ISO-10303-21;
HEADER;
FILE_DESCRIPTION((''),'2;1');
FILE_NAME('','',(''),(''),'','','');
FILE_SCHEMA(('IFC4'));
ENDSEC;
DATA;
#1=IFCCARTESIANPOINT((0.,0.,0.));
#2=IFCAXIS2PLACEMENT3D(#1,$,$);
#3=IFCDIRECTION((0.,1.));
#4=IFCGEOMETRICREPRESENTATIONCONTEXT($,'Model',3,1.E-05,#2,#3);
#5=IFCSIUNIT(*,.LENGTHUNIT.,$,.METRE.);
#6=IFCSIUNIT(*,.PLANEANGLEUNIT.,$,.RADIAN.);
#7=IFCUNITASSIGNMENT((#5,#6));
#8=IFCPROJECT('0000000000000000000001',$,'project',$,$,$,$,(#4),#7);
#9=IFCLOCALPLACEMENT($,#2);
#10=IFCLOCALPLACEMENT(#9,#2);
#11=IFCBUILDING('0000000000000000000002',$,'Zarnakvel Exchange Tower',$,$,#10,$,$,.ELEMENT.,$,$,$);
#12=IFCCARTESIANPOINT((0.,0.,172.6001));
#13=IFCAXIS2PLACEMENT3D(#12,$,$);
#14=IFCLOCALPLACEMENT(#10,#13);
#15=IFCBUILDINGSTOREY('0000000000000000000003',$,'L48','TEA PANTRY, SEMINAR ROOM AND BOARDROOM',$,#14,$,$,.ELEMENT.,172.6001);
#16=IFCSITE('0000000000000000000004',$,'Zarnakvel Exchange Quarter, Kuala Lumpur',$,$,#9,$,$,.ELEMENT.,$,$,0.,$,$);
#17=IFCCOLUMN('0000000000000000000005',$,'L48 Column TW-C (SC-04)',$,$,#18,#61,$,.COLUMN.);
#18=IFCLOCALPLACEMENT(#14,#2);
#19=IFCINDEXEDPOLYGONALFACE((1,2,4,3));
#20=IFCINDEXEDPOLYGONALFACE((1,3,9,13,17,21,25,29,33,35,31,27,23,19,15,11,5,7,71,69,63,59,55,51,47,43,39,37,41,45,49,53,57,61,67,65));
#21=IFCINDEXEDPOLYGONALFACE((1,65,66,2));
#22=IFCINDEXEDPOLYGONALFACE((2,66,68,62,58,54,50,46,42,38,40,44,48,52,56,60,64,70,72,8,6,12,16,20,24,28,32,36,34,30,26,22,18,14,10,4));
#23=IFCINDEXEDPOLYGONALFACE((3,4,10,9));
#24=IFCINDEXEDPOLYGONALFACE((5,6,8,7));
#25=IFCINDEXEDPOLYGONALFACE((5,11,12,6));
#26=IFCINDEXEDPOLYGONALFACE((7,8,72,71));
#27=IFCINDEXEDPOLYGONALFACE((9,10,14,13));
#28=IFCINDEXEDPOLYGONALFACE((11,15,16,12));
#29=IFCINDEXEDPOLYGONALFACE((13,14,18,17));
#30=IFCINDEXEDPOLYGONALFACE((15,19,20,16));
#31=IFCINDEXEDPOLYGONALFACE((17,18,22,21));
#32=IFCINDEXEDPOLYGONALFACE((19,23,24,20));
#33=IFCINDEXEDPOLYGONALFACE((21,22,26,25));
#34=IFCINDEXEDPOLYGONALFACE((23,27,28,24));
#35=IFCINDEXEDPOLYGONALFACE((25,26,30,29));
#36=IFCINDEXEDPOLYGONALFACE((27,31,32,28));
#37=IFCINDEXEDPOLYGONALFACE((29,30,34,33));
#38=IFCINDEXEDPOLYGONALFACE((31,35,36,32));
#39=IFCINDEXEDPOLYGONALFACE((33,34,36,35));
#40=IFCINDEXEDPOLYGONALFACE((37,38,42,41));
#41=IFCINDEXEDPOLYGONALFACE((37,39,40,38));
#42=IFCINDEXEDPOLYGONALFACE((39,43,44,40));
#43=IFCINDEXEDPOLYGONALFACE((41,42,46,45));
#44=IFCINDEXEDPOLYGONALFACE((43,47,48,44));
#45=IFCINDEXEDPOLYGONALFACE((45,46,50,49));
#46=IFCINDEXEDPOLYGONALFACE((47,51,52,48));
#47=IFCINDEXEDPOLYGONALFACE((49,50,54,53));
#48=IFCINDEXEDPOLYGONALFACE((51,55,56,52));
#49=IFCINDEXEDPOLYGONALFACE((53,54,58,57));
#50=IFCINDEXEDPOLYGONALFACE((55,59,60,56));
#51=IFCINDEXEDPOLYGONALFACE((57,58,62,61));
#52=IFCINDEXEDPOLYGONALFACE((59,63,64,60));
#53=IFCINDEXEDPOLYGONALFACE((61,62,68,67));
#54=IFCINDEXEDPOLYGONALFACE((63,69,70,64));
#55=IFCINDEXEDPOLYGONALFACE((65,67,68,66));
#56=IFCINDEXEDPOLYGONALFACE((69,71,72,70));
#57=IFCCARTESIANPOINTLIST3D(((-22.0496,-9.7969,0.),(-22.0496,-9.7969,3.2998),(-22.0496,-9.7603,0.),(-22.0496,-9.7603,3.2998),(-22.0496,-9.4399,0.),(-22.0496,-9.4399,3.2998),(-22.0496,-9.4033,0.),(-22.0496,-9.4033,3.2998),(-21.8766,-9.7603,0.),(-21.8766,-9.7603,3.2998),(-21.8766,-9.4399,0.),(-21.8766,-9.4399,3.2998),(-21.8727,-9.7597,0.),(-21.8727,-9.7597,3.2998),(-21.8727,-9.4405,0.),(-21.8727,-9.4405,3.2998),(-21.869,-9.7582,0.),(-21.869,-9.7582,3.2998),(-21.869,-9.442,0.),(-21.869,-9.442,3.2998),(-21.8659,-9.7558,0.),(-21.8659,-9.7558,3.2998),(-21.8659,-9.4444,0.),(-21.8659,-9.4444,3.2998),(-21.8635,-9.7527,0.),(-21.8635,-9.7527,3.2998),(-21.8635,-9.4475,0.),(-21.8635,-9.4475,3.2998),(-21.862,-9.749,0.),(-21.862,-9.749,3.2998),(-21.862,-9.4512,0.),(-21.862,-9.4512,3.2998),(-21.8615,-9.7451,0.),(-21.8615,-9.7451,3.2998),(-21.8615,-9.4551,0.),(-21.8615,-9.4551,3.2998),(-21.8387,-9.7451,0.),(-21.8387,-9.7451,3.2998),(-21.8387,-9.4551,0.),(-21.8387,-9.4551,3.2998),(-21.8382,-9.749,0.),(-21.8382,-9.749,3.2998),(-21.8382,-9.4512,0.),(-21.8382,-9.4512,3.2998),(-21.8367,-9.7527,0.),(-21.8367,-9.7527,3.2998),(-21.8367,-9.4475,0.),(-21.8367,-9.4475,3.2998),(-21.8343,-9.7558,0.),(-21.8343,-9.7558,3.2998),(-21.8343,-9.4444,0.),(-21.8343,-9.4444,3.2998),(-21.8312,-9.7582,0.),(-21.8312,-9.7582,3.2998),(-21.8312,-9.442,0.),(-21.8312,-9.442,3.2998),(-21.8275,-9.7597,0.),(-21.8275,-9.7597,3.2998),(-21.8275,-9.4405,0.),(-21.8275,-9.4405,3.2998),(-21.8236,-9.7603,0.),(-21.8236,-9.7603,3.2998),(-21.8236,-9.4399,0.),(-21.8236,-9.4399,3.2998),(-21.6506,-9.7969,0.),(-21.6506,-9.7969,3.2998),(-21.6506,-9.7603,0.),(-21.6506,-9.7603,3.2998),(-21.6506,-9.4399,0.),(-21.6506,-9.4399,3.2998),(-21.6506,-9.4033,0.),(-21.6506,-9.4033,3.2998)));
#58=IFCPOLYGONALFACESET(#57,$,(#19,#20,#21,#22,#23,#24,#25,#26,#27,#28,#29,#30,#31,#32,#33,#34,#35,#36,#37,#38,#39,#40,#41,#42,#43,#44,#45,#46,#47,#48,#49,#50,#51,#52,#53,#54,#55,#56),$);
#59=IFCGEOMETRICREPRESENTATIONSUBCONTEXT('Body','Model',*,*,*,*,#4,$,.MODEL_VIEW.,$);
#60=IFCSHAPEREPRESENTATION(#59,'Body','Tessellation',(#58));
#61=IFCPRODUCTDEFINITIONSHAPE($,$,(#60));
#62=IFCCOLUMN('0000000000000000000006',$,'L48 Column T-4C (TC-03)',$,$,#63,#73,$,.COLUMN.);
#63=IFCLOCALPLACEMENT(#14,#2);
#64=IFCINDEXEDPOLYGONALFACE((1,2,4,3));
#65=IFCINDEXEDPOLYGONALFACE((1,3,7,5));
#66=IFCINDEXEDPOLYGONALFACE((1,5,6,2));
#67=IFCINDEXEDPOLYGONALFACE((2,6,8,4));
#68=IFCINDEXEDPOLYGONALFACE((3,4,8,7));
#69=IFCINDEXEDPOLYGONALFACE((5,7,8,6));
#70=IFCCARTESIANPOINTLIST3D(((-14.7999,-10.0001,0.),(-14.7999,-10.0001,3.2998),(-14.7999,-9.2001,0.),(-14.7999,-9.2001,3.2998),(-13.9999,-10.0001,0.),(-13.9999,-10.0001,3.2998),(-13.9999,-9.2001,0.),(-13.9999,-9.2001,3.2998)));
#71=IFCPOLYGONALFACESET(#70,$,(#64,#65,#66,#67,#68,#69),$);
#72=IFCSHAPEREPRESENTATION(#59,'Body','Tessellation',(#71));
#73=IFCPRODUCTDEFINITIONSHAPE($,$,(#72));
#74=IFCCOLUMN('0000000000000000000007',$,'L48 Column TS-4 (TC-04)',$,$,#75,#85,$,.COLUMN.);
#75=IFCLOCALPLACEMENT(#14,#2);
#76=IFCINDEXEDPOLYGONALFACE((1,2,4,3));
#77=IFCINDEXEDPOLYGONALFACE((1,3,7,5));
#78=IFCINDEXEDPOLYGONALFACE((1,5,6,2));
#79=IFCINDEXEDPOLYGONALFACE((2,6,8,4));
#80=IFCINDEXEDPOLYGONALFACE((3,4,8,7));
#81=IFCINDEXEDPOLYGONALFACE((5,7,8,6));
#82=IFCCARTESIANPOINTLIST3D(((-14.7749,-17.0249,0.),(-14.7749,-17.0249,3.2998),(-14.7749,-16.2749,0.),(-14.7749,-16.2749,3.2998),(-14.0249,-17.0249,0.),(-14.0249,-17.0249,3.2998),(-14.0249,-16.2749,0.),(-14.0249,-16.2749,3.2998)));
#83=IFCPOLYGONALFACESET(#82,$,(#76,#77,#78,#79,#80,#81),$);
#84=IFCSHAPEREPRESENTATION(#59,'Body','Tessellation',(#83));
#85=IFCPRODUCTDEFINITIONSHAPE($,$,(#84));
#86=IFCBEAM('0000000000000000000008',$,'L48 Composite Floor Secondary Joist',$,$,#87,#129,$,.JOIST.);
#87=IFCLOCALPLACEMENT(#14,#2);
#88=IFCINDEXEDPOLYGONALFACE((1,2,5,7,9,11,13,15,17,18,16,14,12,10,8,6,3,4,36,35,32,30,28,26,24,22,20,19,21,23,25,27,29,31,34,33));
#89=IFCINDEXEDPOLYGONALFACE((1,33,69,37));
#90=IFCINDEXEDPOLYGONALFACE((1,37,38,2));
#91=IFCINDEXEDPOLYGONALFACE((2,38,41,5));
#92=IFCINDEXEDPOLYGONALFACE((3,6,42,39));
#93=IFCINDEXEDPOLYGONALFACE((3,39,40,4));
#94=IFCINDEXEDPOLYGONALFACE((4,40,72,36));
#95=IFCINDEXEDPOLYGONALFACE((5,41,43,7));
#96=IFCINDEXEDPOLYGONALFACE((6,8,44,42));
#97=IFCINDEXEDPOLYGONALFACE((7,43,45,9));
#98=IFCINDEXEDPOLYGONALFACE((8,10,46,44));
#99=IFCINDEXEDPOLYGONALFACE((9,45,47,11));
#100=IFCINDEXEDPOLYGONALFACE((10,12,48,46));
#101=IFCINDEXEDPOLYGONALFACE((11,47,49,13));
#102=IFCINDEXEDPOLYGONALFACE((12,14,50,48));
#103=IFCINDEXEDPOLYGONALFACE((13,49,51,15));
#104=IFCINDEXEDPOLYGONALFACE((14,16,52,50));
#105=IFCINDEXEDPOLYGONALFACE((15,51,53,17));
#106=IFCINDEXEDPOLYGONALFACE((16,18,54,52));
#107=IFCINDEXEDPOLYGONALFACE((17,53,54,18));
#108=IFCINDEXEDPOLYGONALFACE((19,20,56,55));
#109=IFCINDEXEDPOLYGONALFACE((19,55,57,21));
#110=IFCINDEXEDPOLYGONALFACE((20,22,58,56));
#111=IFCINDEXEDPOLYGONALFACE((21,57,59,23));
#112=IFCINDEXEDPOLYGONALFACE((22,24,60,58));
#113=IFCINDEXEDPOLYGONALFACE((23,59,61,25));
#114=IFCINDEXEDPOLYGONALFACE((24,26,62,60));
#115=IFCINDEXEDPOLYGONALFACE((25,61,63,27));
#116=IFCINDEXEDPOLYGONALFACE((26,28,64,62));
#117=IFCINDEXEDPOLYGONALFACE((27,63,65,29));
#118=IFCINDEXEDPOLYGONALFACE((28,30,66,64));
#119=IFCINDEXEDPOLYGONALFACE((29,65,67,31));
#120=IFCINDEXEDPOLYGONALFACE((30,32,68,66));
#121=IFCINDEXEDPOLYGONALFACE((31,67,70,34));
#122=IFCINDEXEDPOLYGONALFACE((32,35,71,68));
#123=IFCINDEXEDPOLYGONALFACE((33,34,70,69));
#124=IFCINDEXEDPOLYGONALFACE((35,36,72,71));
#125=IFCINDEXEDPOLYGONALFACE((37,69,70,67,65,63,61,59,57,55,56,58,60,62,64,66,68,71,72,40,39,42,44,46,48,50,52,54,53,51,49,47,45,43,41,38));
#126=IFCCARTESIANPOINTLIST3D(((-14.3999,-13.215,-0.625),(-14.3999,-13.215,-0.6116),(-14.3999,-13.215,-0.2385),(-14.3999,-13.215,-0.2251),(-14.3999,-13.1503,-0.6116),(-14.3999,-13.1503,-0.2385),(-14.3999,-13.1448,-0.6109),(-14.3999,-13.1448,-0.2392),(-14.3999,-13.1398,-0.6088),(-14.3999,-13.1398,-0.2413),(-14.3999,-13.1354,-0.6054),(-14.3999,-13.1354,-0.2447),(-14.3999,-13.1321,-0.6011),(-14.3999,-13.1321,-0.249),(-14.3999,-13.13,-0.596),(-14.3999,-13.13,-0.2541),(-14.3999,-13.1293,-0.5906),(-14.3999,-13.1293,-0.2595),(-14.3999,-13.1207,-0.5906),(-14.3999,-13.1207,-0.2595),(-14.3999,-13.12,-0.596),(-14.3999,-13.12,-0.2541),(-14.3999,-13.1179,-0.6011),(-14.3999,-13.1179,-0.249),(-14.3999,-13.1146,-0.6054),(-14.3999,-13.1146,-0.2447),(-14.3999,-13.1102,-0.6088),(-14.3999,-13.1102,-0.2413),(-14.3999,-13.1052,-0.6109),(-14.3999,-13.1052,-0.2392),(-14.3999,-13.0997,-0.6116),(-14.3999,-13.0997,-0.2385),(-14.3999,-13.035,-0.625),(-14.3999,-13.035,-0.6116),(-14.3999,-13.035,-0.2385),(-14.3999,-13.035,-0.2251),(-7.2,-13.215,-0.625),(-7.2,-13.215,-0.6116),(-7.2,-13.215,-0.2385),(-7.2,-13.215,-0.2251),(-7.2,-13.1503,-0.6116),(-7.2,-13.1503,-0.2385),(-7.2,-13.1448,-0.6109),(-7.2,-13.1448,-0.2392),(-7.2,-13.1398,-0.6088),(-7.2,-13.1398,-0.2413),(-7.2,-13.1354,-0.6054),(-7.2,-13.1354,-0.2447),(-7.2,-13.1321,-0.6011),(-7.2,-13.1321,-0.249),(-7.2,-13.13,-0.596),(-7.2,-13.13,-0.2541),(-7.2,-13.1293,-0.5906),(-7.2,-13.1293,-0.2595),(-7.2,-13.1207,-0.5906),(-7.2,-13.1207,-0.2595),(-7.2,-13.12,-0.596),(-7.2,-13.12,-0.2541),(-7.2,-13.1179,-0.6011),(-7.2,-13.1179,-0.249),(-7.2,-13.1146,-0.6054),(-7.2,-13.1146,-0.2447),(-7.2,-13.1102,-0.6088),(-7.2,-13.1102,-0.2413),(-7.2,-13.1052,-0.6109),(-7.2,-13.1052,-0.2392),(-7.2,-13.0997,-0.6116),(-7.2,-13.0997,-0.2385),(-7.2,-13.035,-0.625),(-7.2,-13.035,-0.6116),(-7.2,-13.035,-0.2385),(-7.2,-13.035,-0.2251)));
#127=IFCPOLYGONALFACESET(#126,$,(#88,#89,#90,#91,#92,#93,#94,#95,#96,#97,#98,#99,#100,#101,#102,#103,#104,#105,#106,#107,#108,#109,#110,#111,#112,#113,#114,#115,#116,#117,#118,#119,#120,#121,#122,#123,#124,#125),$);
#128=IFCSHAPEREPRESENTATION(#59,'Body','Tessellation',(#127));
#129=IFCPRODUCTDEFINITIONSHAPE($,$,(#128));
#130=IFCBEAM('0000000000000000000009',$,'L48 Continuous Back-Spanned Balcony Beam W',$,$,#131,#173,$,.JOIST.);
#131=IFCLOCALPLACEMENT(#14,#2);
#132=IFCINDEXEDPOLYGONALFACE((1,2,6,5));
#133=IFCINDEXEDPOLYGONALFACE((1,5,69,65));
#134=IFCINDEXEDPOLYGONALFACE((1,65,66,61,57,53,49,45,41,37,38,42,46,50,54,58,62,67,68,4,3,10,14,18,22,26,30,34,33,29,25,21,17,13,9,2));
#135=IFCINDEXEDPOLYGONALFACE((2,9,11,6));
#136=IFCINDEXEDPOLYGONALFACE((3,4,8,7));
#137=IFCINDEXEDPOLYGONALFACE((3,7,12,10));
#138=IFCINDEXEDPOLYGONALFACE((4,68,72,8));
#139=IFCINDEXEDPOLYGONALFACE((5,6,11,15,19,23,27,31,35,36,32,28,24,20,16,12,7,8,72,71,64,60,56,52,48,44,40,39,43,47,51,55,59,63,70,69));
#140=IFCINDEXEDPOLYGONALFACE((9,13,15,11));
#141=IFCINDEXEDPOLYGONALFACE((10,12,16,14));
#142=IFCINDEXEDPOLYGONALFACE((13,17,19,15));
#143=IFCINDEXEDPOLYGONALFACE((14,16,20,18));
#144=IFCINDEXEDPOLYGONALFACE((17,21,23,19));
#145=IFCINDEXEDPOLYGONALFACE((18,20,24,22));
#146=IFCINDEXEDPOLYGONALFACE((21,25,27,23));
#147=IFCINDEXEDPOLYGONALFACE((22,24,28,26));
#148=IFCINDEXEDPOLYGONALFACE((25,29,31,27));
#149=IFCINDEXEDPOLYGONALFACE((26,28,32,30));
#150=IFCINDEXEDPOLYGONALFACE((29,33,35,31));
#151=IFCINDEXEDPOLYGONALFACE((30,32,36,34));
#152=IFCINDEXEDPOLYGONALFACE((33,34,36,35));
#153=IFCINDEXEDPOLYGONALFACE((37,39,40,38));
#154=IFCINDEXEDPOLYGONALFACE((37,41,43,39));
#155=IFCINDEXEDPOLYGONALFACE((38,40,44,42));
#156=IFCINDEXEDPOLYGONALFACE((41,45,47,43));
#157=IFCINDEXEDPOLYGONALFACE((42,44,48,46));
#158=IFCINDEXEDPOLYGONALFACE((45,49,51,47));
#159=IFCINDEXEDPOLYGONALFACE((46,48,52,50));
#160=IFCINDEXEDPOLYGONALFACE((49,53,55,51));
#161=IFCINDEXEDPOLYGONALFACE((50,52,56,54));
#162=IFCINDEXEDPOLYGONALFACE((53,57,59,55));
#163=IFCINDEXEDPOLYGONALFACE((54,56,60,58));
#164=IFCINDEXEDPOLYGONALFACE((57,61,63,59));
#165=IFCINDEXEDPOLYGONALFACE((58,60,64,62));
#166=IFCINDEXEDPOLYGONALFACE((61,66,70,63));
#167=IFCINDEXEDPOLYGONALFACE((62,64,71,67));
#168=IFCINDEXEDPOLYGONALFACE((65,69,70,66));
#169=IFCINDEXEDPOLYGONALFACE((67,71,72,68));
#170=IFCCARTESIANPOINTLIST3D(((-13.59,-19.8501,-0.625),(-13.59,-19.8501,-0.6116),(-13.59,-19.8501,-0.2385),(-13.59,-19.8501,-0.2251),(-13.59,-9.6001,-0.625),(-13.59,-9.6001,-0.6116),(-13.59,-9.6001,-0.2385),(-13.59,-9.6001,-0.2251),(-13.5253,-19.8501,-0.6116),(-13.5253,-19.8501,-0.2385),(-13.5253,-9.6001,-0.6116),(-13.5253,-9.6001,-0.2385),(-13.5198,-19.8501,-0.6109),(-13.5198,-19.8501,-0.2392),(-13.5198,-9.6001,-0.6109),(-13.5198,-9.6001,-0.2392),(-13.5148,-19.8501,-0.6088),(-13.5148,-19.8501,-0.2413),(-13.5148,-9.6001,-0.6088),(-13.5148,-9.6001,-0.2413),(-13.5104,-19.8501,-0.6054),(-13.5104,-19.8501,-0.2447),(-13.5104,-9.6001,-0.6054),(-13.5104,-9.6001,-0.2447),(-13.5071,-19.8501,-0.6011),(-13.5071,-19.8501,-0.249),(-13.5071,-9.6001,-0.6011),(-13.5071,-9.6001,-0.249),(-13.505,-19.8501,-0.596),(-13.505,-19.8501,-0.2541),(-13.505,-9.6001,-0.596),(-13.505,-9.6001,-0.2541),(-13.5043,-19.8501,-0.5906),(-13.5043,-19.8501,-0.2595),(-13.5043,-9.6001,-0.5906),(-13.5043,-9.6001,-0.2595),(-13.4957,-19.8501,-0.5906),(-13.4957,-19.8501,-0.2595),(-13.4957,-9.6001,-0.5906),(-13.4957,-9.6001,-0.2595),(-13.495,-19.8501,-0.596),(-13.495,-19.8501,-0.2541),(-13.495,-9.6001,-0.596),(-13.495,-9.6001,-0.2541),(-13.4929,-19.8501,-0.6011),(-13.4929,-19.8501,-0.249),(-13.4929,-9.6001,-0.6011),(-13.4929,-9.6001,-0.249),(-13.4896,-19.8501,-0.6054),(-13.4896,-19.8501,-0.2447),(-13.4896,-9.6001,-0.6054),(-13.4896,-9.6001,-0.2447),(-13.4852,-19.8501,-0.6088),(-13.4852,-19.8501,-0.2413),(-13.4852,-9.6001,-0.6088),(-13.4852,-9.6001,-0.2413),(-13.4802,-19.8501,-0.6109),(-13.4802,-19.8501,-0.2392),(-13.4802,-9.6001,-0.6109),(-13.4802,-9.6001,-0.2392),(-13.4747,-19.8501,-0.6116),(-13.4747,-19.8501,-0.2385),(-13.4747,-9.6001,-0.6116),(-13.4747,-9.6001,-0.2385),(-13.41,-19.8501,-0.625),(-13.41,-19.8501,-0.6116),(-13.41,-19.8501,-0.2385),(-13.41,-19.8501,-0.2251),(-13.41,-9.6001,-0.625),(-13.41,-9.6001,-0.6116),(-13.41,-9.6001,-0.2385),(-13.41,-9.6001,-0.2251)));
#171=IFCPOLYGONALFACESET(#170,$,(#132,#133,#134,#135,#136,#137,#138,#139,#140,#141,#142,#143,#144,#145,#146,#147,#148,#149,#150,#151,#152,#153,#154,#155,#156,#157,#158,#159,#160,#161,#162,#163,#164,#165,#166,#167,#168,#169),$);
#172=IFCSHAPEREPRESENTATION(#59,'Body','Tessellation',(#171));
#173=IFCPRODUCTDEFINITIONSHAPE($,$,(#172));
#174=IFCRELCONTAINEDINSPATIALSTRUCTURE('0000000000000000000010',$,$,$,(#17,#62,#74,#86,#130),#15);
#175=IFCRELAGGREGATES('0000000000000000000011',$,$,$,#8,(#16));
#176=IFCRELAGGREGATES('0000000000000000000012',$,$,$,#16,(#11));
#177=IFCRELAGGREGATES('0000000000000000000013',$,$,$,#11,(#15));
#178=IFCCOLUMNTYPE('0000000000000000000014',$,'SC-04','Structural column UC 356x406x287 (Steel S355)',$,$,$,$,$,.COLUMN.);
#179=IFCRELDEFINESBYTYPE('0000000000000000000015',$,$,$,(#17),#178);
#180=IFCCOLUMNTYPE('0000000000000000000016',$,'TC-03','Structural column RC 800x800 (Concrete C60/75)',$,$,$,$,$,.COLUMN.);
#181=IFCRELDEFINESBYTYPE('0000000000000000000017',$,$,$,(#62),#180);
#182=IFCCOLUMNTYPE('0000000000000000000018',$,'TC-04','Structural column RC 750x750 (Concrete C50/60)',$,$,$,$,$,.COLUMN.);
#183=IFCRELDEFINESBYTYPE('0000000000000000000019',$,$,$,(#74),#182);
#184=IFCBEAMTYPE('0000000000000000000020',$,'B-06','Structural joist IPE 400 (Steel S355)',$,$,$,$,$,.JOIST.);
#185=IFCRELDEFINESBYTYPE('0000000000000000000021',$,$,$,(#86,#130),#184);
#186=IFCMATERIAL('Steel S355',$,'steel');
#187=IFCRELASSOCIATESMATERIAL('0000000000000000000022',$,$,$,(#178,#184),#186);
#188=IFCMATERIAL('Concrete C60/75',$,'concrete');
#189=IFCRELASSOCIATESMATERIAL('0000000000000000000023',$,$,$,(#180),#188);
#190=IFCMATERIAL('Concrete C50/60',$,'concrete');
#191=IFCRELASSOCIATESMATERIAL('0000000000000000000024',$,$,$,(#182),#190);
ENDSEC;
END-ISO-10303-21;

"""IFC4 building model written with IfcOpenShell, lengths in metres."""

from ifc_helpers import new_model, si_unit, direction, frame, origin, origin_2d, place, context, subcontext, project, spatial, rectangle, i_section, extrude, material, material_profile, profile_set, type_object, element, save


model = new_model("IFC4")

# Units and contexts
model_context = context("Model", 3, precision=1e-05, world=origin(), true_north=direction((0.0, 1.0)))
body_context = subcontext(model_context, "Body", "Model", "MODEL_VIEW")
ifc_project = project(units=[si_unit("LENGTHUNIT", "METRE"), si_unit("PLANEANGLEUNIT", "RADIAN")], contexts=[model_context])

# Site, building, storey
site_placement = place(None, origin())
site = spatial("IfcSite", under=ifc_project, at=site_placement, Name="Zarnakvel Exchange Quarter, Kuala Lumpur", CompositionType="ELEMENT", RefElevation=0.0)
building_placement = place(site_placement, origin())
building = spatial("IfcBuilding", under=site, at=building_placement, Name="Zarnakvel Exchange Tower", CompositionType="ELEMENT")
storey_placement = place(building_placement, frame((0.0, 0.0, 172.6001)))
storey = spatial("IfcBuildingStorey", under=building, at=storey_placement, Name="L48", Description="TEA PANTRY, SEMINAR ROOM AND BOARDROOM", CompositionType="ELEMENT", Elevation=172.6001)

# Columns
ifc_material_1 = material(Name="Steel S355", Category="steel")
ifc_material_profile_1 = material_profile(ifc_material_1, i_section(OverallWidth=0.3989, OverallDepth=0.3936, WebThickness=0.0227, FlangeThickness=0.0366, FilletRadius=0.0151, at=origin_2d()))
ifc_profile_set_1 = profile_set([ifc_material_profile_1], Name="Steel S355")
column_type_1 = type_object("IfcColumnType", Name="SC-04", Description="Structural column UC 356x406x287 (Steel S355)", PredefinedType="COLUMN", material=ifc_profile_set_1)
column_1_placement = place(storey_placement, frame((-21.8501, -9.6001, 0.0), z_axis=(0.0, 0.0, 1.0), x_axis=(1.0, 0.0, 0.0)))
element("IfcColumn", 1, at=column_1_placement, inside=storey, type_object=column_type_1, Name="L48 Column TW-C (SC-04)", PredefinedType="COLUMN", context=body_context, shape_type="SweptSolid", body=[
    extrude(i_section(OverallWidth=0.3989, OverallDepth=0.3936, WebThickness=0.0227, FlangeThickness=0.0366, FilletRadius=0.0151, at=origin_2d()), origin(), (0.0, 0.0, 1.0), 3.2998),
])
ifc_material_2 = material(Name="Concrete C60/75", Category="concrete")
ifc_material_profile_2 = material_profile(ifc_material_2, rectangle(XDim=0.8, YDim=0.8, at=origin_2d()))
ifc_profile_set_2 = profile_set([ifc_material_profile_2], Name="Concrete C60/75")
column_type_2 = type_object("IfcColumnType", Name="TC-03", Description="Structural column RC 800x800 (Concrete C60/75)", PredefinedType="COLUMN", material=ifc_profile_set_2)
column_2_placement = place(storey_placement, frame((-14.3999, -9.6001, 0.0), z_axis=(0.0, 0.0, 1.0), x_axis=(1.0, 0.0, 0.0)))
element("IfcColumn", 2, at=column_2_placement, inside=storey, type_object=column_type_2, Name="L48 Column T-4C (TC-03)", PredefinedType="COLUMN", context=body_context, shape_type="SweptSolid", body=[
    extrude(rectangle(XDim=0.8, YDim=0.8, at=origin_2d()), origin(), (0.0, 0.0, 1.0), 3.2998),
])
ifc_material_3 = material(Name="Concrete C50/60", Category="concrete")
ifc_material_profile_3 = material_profile(ifc_material_3, rectangle(XDim=0.75, YDim=0.75, at=origin_2d()))
ifc_profile_set_3 = profile_set([ifc_material_profile_3], Name="Concrete C50/60")
column_type_3 = type_object("IfcColumnType", Name="TC-04", Description="Structural column RC 750x750 (Concrete C50/60)", PredefinedType="COLUMN", material=ifc_profile_set_3)
column_3_placement = place(storey_placement, frame((-14.3999, -16.6499, 0.0), z_axis=(0.0, 0.0, 1.0), x_axis=(1.0, 0.0, 0.0)))
element("IfcColumn", 3, at=column_3_placement, inside=storey, type_object=column_type_3, Name="L48 Column TS-4 (TC-04)", PredefinedType="COLUMN", context=body_context, shape_type="SweptSolid", body=[
    extrude(rectangle(XDim=0.75, YDim=0.75, at=origin_2d()), origin(), (0.0, 0.0, 1.0), 3.2998),
])

# Beams
ifc_material_profile_4 = material_profile(ifc_material_1, i_section(OverallWidth=0.1799, OverallDepth=0.3999, WebThickness=0.0085, FlangeThickness=0.0134, FilletRadius=0.021, at=origin_2d()))
ifc_profile_set_4 = profile_set([ifc_material_profile_4], Name="Steel S355")
beam_type_1 = type_object("IfcBeamType", Name="B-06", Description="Structural joist IPE 400 (Steel S355)", PredefinedType="JOIST", material=ifc_profile_set_4)
beam_1_placement = place(storey_placement, frame((-14.3999, -13.125, -0.425), z_axis=(1.0, 0.0, 0.0), x_axis=(0.0, 1.0, 0.0)))
element("IfcBeam", 4, at=beam_1_placement, inside=storey, type_object=beam_type_1, Name="L48 Composite Floor Secondary Joist", PredefinedType="JOIST", context=body_context, shape_type="SweptSolid", body=[
    extrude(i_section(OverallWidth=0.1799, OverallDepth=0.3999, WebThickness=0.0085, FlangeThickness=0.0134, FilletRadius=0.021, at=origin_2d()), origin(), (0.0, 0.0, 1.0), 7.2),
])
beam_2_placement = place(storey_placement, frame((-13.5, -9.6001, -0.425), z_axis=(0.0, -1.0, 0.0), x_axis=(1.0, 0.0, 0.0)))
element("IfcBeam", 5, at=beam_2_placement, inside=storey, type_object=beam_type_1, Name="L48 Continuous Back-Spanned Balcony Beam W", PredefinedType="JOIST", context=body_context, shape_type="SweptSolid", body=[
    extrude(i_section(OverallWidth=0.1799, OverallDepth=0.3999, WebThickness=0.0085, FlangeThickness=0.0134, FilletRadius=0.021, at=origin_2d()), origin(), (0.0, 0.0, 1.0), 10.25),
])

save(model, "model.ifc")
